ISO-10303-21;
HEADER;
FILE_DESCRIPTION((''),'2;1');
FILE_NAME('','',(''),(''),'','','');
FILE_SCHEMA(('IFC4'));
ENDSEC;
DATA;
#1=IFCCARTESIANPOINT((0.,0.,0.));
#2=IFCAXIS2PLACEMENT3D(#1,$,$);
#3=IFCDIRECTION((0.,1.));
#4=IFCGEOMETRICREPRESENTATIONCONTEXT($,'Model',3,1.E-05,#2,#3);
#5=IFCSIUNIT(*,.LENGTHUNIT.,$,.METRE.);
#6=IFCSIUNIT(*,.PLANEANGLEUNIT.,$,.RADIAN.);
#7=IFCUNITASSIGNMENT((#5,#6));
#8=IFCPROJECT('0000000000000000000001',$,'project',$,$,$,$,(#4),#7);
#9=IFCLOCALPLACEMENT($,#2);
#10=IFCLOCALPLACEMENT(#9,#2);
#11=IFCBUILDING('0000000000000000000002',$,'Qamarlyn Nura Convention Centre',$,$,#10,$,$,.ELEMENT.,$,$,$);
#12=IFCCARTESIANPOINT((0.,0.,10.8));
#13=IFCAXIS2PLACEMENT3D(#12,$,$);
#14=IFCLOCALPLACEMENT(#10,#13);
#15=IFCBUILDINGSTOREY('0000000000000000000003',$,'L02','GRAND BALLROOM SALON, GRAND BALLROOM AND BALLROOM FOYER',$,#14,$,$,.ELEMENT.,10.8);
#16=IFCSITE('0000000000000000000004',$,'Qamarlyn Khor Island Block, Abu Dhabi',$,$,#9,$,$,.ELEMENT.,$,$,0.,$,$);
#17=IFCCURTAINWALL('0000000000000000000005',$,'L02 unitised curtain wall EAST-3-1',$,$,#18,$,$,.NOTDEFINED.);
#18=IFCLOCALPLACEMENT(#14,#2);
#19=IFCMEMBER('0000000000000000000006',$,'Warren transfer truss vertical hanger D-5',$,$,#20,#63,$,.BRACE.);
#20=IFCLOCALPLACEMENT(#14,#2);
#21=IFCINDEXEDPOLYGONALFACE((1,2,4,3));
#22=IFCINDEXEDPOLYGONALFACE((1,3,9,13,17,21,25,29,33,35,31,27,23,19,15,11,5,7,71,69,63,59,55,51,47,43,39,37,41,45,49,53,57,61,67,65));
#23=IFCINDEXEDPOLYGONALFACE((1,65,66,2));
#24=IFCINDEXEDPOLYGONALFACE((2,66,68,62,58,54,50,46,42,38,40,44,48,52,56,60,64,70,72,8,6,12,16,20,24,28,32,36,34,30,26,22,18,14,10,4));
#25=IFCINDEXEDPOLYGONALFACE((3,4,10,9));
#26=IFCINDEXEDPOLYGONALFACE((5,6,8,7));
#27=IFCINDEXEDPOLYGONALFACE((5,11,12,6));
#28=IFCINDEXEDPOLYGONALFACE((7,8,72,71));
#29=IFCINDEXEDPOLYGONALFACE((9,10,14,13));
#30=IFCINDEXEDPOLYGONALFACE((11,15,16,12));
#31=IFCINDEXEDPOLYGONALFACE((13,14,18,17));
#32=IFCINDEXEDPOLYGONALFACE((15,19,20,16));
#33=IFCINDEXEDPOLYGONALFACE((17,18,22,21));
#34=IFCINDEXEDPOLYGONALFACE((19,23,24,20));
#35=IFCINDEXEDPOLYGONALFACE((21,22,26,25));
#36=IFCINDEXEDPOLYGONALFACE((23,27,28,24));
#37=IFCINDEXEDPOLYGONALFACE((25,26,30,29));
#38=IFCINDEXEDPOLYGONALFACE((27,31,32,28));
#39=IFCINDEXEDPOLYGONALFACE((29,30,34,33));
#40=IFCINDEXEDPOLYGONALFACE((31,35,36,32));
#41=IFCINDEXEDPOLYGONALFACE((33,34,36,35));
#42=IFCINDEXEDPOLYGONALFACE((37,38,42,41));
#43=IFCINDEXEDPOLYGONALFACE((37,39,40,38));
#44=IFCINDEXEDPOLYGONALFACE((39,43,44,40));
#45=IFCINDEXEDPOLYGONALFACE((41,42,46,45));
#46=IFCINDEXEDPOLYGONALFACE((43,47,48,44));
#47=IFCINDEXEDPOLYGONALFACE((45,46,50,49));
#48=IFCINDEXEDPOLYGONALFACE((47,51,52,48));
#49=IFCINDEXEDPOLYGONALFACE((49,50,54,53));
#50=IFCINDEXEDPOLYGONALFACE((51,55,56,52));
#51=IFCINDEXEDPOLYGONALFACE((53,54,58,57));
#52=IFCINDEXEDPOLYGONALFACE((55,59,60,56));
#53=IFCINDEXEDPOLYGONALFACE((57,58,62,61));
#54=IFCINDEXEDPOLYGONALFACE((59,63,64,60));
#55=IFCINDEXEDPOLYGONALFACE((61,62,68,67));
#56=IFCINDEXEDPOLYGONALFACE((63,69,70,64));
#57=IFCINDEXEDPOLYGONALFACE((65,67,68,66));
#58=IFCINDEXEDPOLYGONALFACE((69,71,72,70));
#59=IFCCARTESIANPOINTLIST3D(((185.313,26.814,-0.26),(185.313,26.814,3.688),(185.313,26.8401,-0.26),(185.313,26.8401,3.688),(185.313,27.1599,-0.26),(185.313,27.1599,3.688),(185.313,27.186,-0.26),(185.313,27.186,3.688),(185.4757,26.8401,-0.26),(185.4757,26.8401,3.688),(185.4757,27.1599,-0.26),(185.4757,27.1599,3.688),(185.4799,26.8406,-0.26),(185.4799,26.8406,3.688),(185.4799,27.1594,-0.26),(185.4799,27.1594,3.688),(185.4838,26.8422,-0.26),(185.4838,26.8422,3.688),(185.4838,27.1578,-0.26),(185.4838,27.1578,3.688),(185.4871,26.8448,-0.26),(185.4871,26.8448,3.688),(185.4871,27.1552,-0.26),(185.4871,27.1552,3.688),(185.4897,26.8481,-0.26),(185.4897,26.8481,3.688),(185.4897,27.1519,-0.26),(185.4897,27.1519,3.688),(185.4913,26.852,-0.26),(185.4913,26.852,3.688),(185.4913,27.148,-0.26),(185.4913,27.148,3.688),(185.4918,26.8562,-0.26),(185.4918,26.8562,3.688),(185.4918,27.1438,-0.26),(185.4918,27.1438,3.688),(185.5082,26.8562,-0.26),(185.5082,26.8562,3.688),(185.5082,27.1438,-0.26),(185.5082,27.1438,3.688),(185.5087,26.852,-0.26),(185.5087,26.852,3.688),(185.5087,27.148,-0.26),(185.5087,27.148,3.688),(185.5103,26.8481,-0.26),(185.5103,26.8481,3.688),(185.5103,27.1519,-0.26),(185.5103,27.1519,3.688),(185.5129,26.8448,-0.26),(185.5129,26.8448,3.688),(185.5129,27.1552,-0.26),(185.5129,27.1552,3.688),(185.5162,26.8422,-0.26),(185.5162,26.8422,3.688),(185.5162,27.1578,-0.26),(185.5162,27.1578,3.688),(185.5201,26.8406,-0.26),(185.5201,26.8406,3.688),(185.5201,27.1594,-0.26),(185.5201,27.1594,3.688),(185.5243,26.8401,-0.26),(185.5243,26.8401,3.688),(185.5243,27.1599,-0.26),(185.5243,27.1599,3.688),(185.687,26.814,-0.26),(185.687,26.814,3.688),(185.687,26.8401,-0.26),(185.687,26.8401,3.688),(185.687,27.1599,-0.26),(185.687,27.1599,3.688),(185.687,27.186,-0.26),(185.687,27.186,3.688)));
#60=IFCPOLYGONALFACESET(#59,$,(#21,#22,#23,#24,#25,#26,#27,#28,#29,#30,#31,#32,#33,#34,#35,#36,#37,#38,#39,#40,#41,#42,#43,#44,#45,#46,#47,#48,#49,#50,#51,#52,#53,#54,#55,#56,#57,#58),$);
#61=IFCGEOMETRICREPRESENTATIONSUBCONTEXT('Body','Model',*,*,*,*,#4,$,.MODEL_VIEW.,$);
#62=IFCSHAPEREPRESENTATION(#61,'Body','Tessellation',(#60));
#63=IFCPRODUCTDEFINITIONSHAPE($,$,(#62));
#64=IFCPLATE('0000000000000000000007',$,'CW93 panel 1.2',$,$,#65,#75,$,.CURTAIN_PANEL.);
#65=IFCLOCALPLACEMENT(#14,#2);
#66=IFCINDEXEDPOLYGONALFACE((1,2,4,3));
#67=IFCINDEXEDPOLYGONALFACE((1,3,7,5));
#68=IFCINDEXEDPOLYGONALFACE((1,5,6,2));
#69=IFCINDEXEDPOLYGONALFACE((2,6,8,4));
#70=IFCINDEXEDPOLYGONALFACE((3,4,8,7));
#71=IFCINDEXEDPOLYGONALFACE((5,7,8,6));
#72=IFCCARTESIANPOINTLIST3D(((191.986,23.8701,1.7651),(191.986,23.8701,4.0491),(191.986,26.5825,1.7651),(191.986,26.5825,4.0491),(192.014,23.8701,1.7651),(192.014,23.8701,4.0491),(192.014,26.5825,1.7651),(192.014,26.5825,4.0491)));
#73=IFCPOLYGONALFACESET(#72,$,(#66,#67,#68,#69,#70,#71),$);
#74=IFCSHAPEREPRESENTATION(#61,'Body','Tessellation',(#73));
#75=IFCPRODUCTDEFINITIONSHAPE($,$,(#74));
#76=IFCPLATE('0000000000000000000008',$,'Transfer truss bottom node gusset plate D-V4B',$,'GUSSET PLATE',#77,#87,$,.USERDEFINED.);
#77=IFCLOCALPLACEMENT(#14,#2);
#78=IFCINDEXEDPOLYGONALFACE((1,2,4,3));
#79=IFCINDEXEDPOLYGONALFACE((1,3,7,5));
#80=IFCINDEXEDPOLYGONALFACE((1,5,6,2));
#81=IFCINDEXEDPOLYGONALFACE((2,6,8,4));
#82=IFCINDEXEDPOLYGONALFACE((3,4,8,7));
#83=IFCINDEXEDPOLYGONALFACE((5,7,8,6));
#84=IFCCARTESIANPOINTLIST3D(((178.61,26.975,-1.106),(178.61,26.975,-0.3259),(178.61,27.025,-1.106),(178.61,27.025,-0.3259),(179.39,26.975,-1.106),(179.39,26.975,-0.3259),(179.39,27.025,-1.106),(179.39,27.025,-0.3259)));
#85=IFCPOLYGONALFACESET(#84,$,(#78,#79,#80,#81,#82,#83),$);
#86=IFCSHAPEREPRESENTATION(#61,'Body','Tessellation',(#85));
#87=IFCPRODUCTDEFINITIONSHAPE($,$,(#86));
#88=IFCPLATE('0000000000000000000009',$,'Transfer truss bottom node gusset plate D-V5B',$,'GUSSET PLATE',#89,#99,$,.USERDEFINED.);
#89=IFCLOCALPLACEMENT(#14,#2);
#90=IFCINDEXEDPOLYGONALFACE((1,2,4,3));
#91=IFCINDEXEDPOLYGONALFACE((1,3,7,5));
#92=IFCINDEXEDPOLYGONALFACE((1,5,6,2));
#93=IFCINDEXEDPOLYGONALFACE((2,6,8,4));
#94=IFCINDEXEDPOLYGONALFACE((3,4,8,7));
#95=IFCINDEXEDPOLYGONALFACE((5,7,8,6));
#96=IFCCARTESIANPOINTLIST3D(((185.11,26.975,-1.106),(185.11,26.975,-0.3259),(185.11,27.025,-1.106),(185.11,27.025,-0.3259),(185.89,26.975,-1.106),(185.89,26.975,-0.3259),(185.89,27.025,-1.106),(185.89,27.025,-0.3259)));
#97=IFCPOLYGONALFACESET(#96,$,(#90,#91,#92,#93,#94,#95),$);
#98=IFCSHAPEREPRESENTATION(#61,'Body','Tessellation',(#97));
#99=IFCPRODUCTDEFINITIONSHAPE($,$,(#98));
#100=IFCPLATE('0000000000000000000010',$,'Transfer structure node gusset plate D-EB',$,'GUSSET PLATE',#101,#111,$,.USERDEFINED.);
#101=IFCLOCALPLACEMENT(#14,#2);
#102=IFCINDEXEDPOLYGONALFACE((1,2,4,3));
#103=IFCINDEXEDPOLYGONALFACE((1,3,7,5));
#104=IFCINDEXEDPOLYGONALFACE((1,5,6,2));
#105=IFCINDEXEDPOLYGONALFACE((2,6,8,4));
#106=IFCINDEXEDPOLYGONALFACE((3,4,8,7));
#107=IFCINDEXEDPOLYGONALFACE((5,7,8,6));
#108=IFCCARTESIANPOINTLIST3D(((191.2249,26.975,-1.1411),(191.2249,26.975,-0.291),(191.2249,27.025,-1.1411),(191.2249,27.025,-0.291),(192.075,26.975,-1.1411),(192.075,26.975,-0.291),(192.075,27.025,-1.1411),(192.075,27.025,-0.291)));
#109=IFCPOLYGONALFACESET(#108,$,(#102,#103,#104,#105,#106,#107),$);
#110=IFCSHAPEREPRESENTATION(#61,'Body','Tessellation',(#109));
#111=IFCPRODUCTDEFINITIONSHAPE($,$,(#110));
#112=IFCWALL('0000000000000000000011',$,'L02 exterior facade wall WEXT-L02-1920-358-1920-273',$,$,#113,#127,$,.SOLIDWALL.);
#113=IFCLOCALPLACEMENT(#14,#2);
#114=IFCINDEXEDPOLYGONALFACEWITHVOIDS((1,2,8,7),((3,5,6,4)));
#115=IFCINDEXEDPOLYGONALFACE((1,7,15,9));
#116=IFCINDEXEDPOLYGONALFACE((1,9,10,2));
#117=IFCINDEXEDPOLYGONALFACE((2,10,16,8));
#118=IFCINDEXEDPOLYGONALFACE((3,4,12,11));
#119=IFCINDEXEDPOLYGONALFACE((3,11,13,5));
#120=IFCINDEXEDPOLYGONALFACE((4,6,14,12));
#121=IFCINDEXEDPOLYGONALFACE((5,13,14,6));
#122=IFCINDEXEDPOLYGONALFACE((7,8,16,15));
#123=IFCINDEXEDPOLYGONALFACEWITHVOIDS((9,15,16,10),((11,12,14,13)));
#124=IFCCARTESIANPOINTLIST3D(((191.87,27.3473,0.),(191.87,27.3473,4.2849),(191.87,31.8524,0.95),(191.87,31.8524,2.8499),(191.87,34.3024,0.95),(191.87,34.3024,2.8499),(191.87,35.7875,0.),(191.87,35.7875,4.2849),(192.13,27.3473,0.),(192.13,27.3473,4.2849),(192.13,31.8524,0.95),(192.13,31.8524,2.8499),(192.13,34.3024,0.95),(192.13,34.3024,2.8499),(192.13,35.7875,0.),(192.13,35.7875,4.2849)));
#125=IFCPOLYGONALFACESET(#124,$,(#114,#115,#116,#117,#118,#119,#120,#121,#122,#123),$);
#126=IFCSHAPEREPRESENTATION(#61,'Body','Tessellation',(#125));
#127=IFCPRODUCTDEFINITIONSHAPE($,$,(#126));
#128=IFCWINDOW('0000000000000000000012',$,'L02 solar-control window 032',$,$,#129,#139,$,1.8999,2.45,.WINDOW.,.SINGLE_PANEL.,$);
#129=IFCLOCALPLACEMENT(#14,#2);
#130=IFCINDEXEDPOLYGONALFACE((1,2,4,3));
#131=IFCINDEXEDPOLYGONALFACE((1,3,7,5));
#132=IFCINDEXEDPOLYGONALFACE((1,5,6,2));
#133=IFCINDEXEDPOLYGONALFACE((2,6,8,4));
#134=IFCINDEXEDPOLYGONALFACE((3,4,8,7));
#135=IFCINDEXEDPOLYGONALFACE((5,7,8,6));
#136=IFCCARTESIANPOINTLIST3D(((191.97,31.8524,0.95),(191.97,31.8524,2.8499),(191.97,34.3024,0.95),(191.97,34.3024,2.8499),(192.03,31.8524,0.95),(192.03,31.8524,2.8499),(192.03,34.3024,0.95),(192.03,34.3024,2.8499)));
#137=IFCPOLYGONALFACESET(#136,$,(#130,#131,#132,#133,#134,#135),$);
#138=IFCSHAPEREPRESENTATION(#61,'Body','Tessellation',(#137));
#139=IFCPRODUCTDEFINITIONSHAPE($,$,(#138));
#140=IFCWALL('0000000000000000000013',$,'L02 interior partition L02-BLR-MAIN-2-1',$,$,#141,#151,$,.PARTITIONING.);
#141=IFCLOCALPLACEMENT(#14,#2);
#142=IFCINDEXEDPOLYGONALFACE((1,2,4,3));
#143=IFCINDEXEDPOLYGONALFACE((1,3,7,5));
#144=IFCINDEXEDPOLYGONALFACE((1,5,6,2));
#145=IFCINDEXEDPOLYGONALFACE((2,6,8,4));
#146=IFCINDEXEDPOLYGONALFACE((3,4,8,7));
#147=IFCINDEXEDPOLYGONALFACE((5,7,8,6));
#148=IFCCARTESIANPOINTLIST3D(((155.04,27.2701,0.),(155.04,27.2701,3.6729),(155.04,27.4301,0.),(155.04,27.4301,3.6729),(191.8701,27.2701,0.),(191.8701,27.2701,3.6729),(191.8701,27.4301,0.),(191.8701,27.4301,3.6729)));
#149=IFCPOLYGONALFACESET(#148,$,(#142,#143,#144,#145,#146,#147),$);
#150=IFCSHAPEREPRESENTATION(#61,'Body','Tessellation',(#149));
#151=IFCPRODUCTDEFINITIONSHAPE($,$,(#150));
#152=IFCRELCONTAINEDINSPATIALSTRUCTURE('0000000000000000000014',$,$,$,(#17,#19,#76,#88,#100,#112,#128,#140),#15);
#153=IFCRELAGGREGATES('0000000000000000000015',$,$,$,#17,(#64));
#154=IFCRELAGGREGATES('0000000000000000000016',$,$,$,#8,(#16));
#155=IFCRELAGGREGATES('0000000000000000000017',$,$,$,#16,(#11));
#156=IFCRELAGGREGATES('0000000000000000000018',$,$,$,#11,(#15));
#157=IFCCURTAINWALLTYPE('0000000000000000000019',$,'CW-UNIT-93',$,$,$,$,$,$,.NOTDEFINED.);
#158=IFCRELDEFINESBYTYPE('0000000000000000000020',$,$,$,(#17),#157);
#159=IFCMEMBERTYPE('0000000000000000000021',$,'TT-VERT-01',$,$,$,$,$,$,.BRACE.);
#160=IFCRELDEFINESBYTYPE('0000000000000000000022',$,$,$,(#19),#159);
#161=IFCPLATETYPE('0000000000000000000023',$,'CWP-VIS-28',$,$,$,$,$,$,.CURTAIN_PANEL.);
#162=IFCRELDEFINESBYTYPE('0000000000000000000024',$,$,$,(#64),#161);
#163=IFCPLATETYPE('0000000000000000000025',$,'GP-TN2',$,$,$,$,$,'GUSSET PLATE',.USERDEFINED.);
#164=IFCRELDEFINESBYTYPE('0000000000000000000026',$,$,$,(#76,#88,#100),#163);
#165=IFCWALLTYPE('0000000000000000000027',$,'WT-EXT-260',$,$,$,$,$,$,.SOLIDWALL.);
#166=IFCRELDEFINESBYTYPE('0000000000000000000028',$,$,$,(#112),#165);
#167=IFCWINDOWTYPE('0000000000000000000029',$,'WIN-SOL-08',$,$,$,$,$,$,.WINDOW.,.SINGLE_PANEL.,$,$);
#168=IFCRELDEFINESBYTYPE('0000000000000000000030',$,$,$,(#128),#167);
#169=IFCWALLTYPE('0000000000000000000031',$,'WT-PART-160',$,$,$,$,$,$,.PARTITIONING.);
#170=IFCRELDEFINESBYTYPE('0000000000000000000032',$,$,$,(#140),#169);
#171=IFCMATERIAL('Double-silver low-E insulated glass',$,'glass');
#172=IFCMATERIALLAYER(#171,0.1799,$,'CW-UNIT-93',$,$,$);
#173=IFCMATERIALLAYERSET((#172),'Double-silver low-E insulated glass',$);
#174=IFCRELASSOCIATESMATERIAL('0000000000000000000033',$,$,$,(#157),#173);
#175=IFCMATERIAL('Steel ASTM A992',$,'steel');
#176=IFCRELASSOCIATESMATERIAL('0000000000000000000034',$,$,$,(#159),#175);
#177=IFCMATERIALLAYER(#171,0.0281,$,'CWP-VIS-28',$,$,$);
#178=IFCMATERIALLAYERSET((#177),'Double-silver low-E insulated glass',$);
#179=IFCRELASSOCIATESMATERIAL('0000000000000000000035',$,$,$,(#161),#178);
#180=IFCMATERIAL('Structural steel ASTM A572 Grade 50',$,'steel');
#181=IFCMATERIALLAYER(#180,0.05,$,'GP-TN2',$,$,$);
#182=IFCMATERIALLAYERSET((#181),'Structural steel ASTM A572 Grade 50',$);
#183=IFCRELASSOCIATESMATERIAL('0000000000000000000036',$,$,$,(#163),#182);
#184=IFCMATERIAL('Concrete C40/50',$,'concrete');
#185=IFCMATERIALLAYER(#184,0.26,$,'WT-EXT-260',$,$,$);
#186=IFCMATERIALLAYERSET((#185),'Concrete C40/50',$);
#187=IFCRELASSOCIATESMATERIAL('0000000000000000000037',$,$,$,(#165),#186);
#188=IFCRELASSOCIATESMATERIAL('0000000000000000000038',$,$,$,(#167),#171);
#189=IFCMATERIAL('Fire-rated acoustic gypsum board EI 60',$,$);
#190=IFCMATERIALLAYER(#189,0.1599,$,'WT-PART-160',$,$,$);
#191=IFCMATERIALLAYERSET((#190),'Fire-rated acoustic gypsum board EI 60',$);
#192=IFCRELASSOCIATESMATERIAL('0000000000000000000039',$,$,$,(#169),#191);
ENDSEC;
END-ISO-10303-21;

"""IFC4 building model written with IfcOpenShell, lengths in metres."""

from ifc_helpers import new_model, si_unit, direction, frame, frame_2d, origin, origin_2d, place, context, subcontext, project, spatial, rectangle, i_section, extrude, material, layer, layer_set, material_profile, profile_set, type_object, element, fill, aggregate, save


model = new_model("IFC4")

# Units and contexts
model_context = context("Model", 3, precision=1e-05, world=origin(), true_north=direction((0.0, 1.0)))
body_context = subcontext(model_context, "Body", "Model", "MODEL_VIEW")
ifc_project = project(units=[si_unit("LENGTHUNIT", "METRE"), si_unit("PLANEANGLEUNIT", "RADIAN")], contexts=[model_context])

# Site, building, storey
site_placement = place(None, origin())
site = spatial("IfcSite", under=ifc_project, at=site_placement, Name="Qamarlyn Khor Island Block, Abu Dhabi", CompositionType="ELEMENT", RefElevation=0.0)
building_placement = place(site_placement, origin())
building = spatial("IfcBuilding", under=site, at=building_placement, Name="Qamarlyn Nura Convention Centre", CompositionType="ELEMENT")
storey_placement = place(building_placement, frame((0.0, 0.0, 10.8)))
storey = spatial("IfcBuildingStorey", under=building, at=storey_placement, Name="L02", Description="GRAND BALLROOM SALON, GRAND BALLROOM AND BALLROOM FOYER", CompositionType="ELEMENT", Elevation=10.8)

# Shared definitions
ifc_material_1 = material(Name="Steel ASTM A992", Category="steel")

# Curtain wall
ifc_material_2 = material(Name="Double-silver low-E insulated glass", Category="glass")
ifc_layer_1 = layer(ifc_material_2, 0.1799, Name="CW-UNIT-93")
ifc_layer_set_1 = layer_set([ifc_layer_1], Name="Double-silver low-E insulated glass")
curtain_wall_type = type_object("IfcCurtainWallType", Name="CW-UNIT-93", PredefinedType="NOTDEFINED", material=ifc_layer_set_1)
curtain_wall_placement = place(storey_placement, origin())
curtain_wall = element("IfcCurtainWall", 1, at=curtain_wall_placement, inside=storey, type_object=curtain_wall_type, Name="L02 unitised curtain wall EAST-3-1", PredefinedType="NOTDEFINED")

# Member
ifc_material_profile_1 = material_profile(ifc_material_1, i_section(OverallWidth=0.374, OverallDepth=0.3721, WebThickness=0.0164, FlangeThickness=0.0261, FilletRadius=0.0161, at=origin_2d()), Name="W360X196")
ifc_profile_set_1 = profile_set([ifc_material_profile_1], Name="Steel ASTM A992")
member_type_1 = type_object("IfcMemberType", Name="TT-VERT-01", PredefinedType="BRACE", material=ifc_profile_set_1)
for number, where, z_axis, x_axis, name in (
    (2, (185.5, 27.0, -0.26), (0.0, 0.0, 1.0), (1.0, 0.0, 0.0), "Warren transfer truss vertical hanger D-5"),
):
    element("IfcMember", number, at=place(storey_placement, frame(where, z_axis=z_axis, x_axis=x_axis)), inside=storey, type_object=member_type_1, Name=name, PredefinedType="BRACE", context=body_context, shape_type="SweptSolid", body=[
        extrude(i_section(OverallWidth=0.374, OverallDepth=0.3721, WebThickness=0.0164, FlangeThickness=0.0261, FilletRadius=0.0161, at=origin_2d()), origin(), (0.0, 0.0, 1.0), 3.948),
    ])

# Plate
ifc_layer_2 = layer(ifc_material_2, 0.0281, Name="CWP-VIS-28")
ifc_layer_set_2 = layer_set([ifc_layer_2], Name="Double-silver low-E insulated glass")
plate_type_1 = type_object("IfcPlateType", Name="CWP-VIS-28", PredefinedType="CURTAIN_PANEL", material=ifc_layer_set_2)
plate_1_placement = place(storey_placement, frame((192.0, 25.2263, 1.7651), z_axis=(0.0, 0.0, 1.0), x_axis=(0.0, -1.0, 0.0)))
plate_1 = element("IfcPlate", 3, at=plate_1_placement, type_object=plate_type_1, Name="CW93 panel 1.2", PredefinedType="CURTAIN_PANEL", context=body_context, shape_type="SweptSolid", body=[
    extrude(rectangle(XDim=2.7124, YDim=0.0281, at=origin_2d()), origin(), (0.0, 0.0, 1.0), 2.2839),
])
aggregate(curtain_wall, [plate_1])

# Plates
ifc_material_3 = material(Name="Structural steel ASTM A572 Grade 50", Category="steel")
ifc_layer_3 = layer(ifc_material_3, 0.05, Name="GP-TN2")
ifc_layer_set_3 = layer_set([ifc_layer_3], Name="Structural steel ASTM A572 Grade 50")
plate_type_2 = type_object("IfcPlateType", Name="GP-TN2", ElementType="GUSSET PLATE", PredefinedType="USERDEFINED", material=ifc_layer_set_3)
for number, where, z_axis, x_axis, name in (
    (4, (179.0, 27.0, -1.106), (0.0, 0.0, 1.0), (1.0, 0.0, 0.0), "Transfer truss bottom node gusset plate D-V4B"),
    (5, (185.5, 27.0, -1.106), (0.0, 0.0, 1.0), (1.0, 0.0, 0.0), "Transfer truss bottom node gusset plate D-V5B"),
):
    element("IfcPlate", number, at=place(storey_placement, frame(where, z_axis=z_axis, x_axis=x_axis)), inside=storey, type_object=plate_type_2, Name=name, ObjectType="GUSSET PLATE", PredefinedType="USERDEFINED", context=body_context, shape_type="SweptSolid", body=[
        extrude(rectangle(XDim=0.78, YDim=0.05, at=origin_2d()), origin(), (0.0, 0.0, 1.0), 0.78),
    ])
plate_2_placement = place(storey_placement, frame((191.6499, 27.0, -1.1411), z_axis=(0.0, 0.0, 1.0), x_axis=(1.0, 0.0, 0.0)))
element("IfcPlate", 6, at=plate_2_placement, inside=storey, type_object=plate_type_2, Name="Transfer structure node gusset plate D-EB", ObjectType="GUSSET PLATE", PredefinedType="USERDEFINED", context=body_context, shape_type="SweptSolid", body=[
    extrude(rectangle(XDim=0.8501, YDim=0.05, at=origin_2d()), origin(), (0.0, 0.0, 1.0), 0.8501),
])

# Wall, opening, window
ifc_material_4 = material(Name="Concrete C40/50", Category="concrete")
ifc_layer_4 = layer(ifc_material_4, 0.26, Name="WT-EXT-260")
ifc_layer_set_4 = layer_set([ifc_layer_4], Name="Concrete C40/50")
wall_type_1 = type_object("IfcWallType", Name="WT-EXT-260", PredefinedType="SOLIDWALL", material=ifc_layer_set_4)
wall_1_placement = place(storey_placement, frame((192.0, 35.7876, 0.0), z_axis=(0.0, 0.0, 1.0), x_axis=(0.0, -1.0, 0.0)))
wall_1 = element("IfcWall", 7, at=wall_1_placement, inside=storey, type_object=wall_type_1, Name="L02 exterior facade wall WEXT-L02-1920-358-1920-273", PredefinedType="SOLIDWALL", context=body_context, shape_type="SweptSolid", body=[
    extrude(rectangle(XDim=8.4402, YDim=0.26, at=frame_2d((4.2202, 0.0))), origin(), (0.0, 0.0, 1.0), 4.2849),
])
opening_placement = place(wall_1_placement, frame((1.4851, 0.0, 0.95)))
opening = element("IfcOpeningElement", 8, at=opening_placement, cuts=wall_1, PredefinedType="OPENING", context=body_context, shape_type="SweptSolid", body=[
    extrude(rectangle(XDim=2.45, YDim=1.8999, at=frame_2d((1.2251, 0.95))), frame((0.0, 0.1401, 0.0), z_axis=(0.0, -1.0, 0.0), x_axis=(1.0, 0.0, 0.0)), (0.0, 0.0, 1.0), 0.28),
])
window_type = type_object("IfcWindowType", Name="WIN-SOL-08", PartitioningType="SINGLE_PANEL", PredefinedType="WINDOW", material=ifc_material_2)
window_placement = place(opening_placement, origin())
window = element("IfcWindow", 9, at=window_placement, inside=storey, type_object=window_type, Name="L02 solar-control window 032", OverallHeight=1.8999, OverallWidth=2.45, PartitioningType="SINGLE_PANEL", PredefinedType="WINDOW", context=body_context, shape_type="SweptSolid", body=[
    extrude(rectangle(XDim=2.45, YDim=1.8999, at=frame_2d((1.2251, 0.95))), frame((0.0, 0.03, 0.0), z_axis=(0.0, -1.0, 0.0), x_axis=(1.0, 0.0, 0.0)), (0.0, 0.0, 1.0), 0.0601),
])
fill(opening, window)

# Wall
ifc_material_5 = material(Name="Fire-rated acoustic gypsum board EI 60")
ifc_layer_5 = layer(ifc_material_5, 0.1599, Name="WT-PART-160")
ifc_layer_set_5 = layer_set([ifc_layer_5], Name="Fire-rated acoustic gypsum board EI 60")
wall_type_2 = type_object("IfcWallType", Name="WT-PART-160", PredefinedType="PARTITIONING", material=ifc_layer_set_5)
wall_2_placement = place(storey_placement, frame((191.8701, 27.3501, 0.0), z_axis=(0.0, 0.0, 1.0), x_axis=(-1.0, 0.0, 0.0)))
element("IfcWall", 10, at=wall_2_placement, inside=storey, type_object=wall_type_2, Name="L02 interior partition L02-BLR-MAIN-2-1", PredefinedType="PARTITIONING", context=body_context, shape_type="SweptSolid", body=[
    extrude(rectangle(XDim=36.8301, YDim=0.1599, at=frame_2d((18.415, 0.0))), origin(), (0.0, 0.0, 1.0), 3.6729),
])

save(model, "model.ifc")
